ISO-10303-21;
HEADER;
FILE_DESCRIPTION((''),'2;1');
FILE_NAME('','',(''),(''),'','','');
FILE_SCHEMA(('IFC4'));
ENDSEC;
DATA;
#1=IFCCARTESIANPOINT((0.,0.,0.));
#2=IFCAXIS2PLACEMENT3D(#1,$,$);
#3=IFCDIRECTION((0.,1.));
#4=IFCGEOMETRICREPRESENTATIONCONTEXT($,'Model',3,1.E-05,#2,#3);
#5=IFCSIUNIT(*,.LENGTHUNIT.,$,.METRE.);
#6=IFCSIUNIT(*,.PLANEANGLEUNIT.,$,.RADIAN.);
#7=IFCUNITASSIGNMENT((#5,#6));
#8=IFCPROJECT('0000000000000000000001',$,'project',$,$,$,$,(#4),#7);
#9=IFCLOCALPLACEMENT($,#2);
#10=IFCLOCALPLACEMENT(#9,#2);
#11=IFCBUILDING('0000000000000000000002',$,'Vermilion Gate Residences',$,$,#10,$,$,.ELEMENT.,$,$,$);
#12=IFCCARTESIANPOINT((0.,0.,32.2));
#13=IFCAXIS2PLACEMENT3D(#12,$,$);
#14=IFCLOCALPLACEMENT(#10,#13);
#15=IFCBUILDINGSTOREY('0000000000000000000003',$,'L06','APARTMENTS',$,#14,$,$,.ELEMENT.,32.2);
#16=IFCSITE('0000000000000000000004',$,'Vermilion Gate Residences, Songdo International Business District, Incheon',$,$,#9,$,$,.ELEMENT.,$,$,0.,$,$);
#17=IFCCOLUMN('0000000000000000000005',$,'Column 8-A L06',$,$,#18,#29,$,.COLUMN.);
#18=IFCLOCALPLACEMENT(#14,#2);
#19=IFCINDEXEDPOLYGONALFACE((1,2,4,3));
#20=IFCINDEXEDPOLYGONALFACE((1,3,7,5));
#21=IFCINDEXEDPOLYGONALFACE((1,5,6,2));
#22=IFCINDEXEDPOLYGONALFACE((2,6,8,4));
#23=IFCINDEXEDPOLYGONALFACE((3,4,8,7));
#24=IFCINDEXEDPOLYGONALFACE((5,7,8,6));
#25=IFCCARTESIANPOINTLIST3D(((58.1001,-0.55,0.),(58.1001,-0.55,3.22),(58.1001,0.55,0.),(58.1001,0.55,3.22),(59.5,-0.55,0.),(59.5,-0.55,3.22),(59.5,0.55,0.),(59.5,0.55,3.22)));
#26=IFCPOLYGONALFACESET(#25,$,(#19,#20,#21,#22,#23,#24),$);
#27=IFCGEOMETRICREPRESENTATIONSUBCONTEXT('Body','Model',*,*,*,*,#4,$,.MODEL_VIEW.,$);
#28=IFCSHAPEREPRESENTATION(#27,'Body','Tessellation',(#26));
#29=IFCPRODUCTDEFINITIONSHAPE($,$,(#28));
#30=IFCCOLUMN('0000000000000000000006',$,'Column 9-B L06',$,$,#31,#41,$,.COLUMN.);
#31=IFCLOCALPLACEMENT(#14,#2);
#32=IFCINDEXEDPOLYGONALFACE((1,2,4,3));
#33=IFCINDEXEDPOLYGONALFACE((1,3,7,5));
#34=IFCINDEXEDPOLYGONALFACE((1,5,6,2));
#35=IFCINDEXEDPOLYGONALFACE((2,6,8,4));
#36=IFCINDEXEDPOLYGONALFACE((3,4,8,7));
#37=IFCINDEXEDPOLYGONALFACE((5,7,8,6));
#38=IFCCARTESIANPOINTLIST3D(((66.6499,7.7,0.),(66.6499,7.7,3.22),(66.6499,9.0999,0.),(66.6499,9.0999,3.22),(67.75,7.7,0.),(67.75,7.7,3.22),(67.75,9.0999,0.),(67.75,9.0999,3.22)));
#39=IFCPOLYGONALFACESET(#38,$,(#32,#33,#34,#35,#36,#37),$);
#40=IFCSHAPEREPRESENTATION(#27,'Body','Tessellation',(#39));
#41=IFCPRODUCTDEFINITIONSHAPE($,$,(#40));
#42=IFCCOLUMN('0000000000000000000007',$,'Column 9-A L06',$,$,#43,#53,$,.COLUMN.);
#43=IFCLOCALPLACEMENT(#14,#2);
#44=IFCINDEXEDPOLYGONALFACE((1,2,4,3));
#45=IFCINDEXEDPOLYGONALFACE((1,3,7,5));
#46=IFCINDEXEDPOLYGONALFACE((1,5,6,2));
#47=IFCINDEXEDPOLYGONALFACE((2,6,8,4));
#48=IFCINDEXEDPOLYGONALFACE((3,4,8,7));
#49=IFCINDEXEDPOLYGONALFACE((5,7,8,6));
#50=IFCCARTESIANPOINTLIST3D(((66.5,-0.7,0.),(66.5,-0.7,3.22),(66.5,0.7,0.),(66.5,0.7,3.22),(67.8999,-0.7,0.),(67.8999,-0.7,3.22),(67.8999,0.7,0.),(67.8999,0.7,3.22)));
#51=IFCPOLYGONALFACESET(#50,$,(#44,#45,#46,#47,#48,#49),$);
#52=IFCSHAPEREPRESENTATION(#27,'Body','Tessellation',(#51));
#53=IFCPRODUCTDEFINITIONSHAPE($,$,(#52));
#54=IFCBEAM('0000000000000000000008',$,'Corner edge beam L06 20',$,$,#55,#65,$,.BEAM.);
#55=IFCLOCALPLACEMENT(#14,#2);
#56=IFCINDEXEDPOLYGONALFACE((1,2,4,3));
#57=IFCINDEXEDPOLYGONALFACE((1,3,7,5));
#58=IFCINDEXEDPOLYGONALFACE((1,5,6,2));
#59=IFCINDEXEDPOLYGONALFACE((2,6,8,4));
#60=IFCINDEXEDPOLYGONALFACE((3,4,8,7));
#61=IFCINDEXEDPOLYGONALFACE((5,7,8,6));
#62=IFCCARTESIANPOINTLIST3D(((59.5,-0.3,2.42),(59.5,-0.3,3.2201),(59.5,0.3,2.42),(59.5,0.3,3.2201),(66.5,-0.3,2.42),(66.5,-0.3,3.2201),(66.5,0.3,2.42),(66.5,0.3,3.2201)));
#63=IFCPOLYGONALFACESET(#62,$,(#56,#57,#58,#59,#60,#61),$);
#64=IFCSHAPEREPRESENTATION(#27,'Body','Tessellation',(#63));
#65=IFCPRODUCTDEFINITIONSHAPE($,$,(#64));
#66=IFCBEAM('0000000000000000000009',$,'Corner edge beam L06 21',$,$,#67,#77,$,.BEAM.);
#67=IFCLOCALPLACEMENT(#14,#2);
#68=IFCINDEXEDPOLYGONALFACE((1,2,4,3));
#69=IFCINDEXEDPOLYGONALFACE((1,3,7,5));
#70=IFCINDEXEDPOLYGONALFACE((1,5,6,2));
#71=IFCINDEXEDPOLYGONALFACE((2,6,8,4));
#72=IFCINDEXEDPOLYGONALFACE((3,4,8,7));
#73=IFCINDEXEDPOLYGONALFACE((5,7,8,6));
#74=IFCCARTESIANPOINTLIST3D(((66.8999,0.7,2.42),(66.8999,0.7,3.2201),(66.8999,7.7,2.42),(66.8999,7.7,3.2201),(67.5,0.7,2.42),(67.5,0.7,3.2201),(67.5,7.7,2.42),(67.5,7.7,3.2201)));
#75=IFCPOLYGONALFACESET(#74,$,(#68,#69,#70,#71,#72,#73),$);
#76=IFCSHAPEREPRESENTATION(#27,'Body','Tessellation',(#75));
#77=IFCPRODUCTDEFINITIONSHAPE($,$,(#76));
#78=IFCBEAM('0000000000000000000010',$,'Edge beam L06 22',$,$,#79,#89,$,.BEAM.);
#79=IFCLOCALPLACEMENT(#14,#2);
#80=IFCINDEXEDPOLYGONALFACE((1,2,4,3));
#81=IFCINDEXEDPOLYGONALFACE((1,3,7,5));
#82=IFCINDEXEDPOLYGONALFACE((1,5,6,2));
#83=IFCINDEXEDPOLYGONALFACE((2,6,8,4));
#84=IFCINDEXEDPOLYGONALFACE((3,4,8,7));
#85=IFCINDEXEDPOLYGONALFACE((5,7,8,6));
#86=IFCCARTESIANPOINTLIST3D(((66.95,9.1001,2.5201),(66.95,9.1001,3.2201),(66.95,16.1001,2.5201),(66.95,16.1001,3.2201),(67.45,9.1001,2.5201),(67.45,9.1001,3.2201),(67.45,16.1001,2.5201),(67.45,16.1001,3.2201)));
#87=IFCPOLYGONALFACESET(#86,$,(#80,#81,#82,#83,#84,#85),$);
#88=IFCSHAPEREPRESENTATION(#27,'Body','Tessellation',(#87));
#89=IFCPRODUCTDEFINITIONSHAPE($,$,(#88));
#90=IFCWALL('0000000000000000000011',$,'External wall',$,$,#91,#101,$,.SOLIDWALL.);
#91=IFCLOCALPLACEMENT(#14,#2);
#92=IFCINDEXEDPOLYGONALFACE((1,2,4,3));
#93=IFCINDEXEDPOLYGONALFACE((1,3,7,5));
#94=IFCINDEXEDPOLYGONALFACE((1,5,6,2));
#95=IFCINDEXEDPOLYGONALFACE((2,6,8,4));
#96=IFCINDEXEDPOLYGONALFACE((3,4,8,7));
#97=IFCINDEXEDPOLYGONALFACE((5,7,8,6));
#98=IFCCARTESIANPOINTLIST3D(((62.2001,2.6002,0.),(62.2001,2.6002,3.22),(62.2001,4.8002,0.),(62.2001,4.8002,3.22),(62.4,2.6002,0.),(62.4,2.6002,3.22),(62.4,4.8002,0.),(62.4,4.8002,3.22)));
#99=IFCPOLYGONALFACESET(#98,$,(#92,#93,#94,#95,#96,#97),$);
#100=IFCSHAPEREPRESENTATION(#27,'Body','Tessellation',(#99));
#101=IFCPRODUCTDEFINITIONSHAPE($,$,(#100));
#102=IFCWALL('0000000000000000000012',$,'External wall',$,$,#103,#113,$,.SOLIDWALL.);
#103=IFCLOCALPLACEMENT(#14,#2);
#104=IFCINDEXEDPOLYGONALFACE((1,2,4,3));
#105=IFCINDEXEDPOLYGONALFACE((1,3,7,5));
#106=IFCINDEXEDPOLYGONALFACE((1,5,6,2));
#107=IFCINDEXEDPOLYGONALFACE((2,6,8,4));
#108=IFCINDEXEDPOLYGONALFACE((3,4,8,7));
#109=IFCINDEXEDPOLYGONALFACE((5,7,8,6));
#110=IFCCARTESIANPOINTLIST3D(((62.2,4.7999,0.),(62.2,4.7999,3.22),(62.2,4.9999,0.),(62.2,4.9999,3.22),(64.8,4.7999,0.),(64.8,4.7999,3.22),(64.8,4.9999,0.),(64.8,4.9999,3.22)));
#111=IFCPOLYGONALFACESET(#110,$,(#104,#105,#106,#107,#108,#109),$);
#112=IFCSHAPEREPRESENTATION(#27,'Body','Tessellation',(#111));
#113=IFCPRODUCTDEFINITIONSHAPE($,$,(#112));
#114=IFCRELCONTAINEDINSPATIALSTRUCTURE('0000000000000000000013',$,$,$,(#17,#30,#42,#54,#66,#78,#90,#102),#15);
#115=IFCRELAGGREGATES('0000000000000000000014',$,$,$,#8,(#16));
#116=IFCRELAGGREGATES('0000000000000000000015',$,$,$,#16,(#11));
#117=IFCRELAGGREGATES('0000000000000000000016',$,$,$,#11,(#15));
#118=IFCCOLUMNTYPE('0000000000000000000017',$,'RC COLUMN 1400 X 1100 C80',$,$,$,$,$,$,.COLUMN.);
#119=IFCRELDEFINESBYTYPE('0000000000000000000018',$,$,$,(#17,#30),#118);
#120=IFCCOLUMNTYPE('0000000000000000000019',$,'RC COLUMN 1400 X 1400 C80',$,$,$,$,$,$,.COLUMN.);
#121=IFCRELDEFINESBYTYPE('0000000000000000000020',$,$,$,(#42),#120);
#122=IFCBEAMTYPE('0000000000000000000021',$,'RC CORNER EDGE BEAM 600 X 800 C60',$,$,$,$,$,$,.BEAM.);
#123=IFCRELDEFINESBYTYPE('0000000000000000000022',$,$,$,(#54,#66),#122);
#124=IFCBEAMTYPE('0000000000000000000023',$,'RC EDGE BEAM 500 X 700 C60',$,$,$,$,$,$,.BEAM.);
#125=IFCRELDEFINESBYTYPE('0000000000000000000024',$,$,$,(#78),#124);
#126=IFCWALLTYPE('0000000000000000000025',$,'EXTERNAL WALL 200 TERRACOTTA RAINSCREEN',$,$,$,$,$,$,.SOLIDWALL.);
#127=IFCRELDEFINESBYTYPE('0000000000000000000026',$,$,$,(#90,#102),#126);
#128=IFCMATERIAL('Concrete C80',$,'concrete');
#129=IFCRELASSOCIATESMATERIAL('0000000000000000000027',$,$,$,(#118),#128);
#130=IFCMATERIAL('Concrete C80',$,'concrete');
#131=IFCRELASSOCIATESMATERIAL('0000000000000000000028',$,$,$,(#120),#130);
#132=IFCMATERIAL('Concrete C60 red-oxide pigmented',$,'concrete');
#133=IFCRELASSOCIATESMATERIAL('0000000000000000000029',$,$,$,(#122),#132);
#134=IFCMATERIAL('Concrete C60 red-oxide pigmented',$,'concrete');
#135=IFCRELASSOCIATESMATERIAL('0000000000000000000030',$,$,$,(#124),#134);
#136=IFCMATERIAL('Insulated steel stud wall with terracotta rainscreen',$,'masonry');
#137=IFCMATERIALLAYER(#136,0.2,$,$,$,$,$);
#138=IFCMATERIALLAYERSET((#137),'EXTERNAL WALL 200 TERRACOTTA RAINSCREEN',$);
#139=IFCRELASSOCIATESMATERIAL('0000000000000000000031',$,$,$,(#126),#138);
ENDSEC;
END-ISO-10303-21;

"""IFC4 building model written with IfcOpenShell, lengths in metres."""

from ifc_helpers import new_model, si_unit, direction, frame, frame_2d, origin, origin_2d, place, context, subcontext, project, spatial, rectangle, extrude, material, layer, layer_set, material_profile, profile_set, type_object, element, save


model = new_model("IFC4")

# Units and contexts
model_context = context("Model", 3, precision=1e-05, world=origin(), true_north=direction((0.0, 1.0)))
body_context = subcontext(model_context, "Body", "Model", "MODEL_VIEW")
ifc_project = project(units=[si_unit("LENGTHUNIT", "METRE"), si_unit("PLANEANGLEUNIT", "RADIAN")], contexts=[model_context])

# Site, building, storey
site_placement = place(None, origin())
site = spatial("IfcSite", under=ifc_project, at=site_placement, Name="Vermilion Gate Residences, Songdo International Business District, Incheon", CompositionType="ELEMENT", RefElevation=0.0)
building_placement = place(site_placement, origin())
building = spatial("IfcBuilding", under=site, at=building_placement, Name="Vermilion Gate Residences", CompositionType="ELEMENT")
storey_placement = place(building_placement, frame((0.0, 0.0, 32.2)))
storey = spatial("IfcBuildingStorey", under=building, at=storey_placement, Name="L06", Description="APARTMENTS", CompositionType="ELEMENT", Elevation=32.2)

# Columns
ifc_material_1 = material(Name="Concrete C80", Category="concrete")
ifc_material_profile_1 = material_profile(ifc_material_1, rectangle(XDim=1.3999, YDim=1.1001, at=origin_2d()), Name="RC-1400x1100")
ifc_profile_set_1 = profile_set([ifc_material_profile_1], Name="Concrete C80")
column_type_1 = type_object("IfcColumnType", Name="RC COLUMN 1400 X 1100 C80", PredefinedType="COLUMN", material=ifc_profile_set_1)
for number, where, z_axis, x_axis, name in (
    (1, (58.8, 0.0, 0.0), (0.0, 0.0, 1.0), (1.0, 0.0, 0.0), "Column 8-A L06"),
    (2, (67.2, 8.3999, 0.0), (0.0, 0.0, 1.0), (0.0, 1.0, 0.0), "Column 9-B L06"),
):
    element("IfcColumn", number, at=place(storey_placement, frame(where, z_axis=z_axis, x_axis=x_axis)), inside=storey, type_object=column_type_1, Name=name, PredefinedType="COLUMN", context=body_context, shape_type="SweptSolid", body=[
        extrude(rectangle(XDim=1.3999, YDim=1.1001, at=origin_2d()), origin(), (0.0, 0.0, 1.0), 3.22),
    ])
ifc_material_2 = material(Name="Concrete C80", Category="concrete")
ifc_material_profile_2 = material_profile(ifc_material_2, rectangle(XDim=1.3999, YDim=1.3999, at=origin_2d()), Name="RC-1400x1400")
ifc_profile_set_2 = profile_set([ifc_material_profile_2], Name="Concrete C80")
column_type_2 = type_object("IfcColumnType", Name="RC COLUMN 1400 X 1400 C80", PredefinedType="COLUMN", material=ifc_profile_set_2)
column_placement = place(storey_placement, frame((67.2, 0.0, 0.0), z_axis=(0.0, 0.0, 1.0), x_axis=(1.0, 0.0, 0.0)))
element("IfcColumn", 3, at=column_placement, inside=storey, type_object=column_type_2, Name="Column 9-A L06", PredefinedType="COLUMN", context=body_context, shape_type="SweptSolid", body=[
    extrude(rectangle(XDim=1.3999, YDim=1.3999, at=origin_2d()), origin(), (0.0, 0.0, 1.0), 3.22),
])

# Beams
ifc_material_3 = material(Name="Concrete C60 red-oxide pigmented", Category="concrete")
ifc_material_profile_3 = material_profile(ifc_material_3, rectangle(XDim=0.6001, YDim=0.8, at=origin_2d()), Name="RC-600x800")
ifc_profile_set_3 = profile_set([ifc_material_profile_3], Name="Concrete C60 red-oxide pigmented")
beam_type_1 = type_object("IfcBeamType", Name="RC CORNER EDGE BEAM 600 X 800 C60", PredefinedType="BEAM", material=ifc_profile_set_3)
for number, where, z_axis, x_axis, name in (
    (4, (59.5, 0.0, 2.8201), (1.0, 0.0, 0.0), (0.0, 1.0, 0.0), "Corner edge beam L06 20"),
    (5, (67.2, 0.7, 2.8201), (0.0, 1.0, 0.0), (-1.0, 0.0, 0.0), "Corner edge beam L06 21"),
):
    element("IfcBeam", number, at=place(storey_placement, frame(where, z_axis=z_axis, x_axis=x_axis)), inside=storey, type_object=beam_type_1, Name=name, PredefinedType="BEAM", context=body_context, shape_type="SweptSolid", body=[
        extrude(rectangle(XDim=0.6001, YDim=0.8, at=origin_2d()), origin(), (0.0, 0.0, 1.0), 7.0),
    ])
ifc_material_4 = material(Name="Concrete C60 red-oxide pigmented", Category="concrete")
ifc_material_profile_4 = material_profile(ifc_material_4, rectangle(XDim=0.5, YDim=0.7, at=origin_2d()), Name="RC-500x700")
ifc_profile_set_4 = profile_set([ifc_material_profile_4], Name="Concrete C60 red-oxide pigmented")
beam_type_2 = type_object("IfcBeamType", Name="RC EDGE BEAM 500 X 700 C60", PredefinedType="BEAM", material=ifc_profile_set_4)
beam_placement = place(storey_placement, frame((67.2, 9.1001, 2.8701), z_axis=(0.0, 1.0, 0.0), x_axis=(-1.0, 0.0, 0.0)))
element("IfcBeam", 6, at=beam_placement, inside=storey, type_object=beam_type_2, Name="Edge beam L06 22", PredefinedType="BEAM", context=body_context, shape_type="SweptSolid", body=[
    extrude(rectangle(XDim=0.5, YDim=0.7, at=origin_2d()), origin(), (0.0, 0.0, 1.0), 7.0),
])

# Walls
ifc_material_5 = material(Name="Insulated steel stud wall with terracotta rainscreen", Category="masonry")
ifc_layer_1 = layer(ifc_material_5, 0.2)
ifc_layer_set_1 = layer_set([ifc_layer_1], Name="EXTERNAL WALL 200 TERRACOTTA RAINSCREEN")
wall_type_1 = type_object("IfcWallType", Name="EXTERNAL WALL 200 TERRACOTTA RAINSCREEN", PredefinedType="SOLIDWALL", material=ifc_layer_set_1)
wall_1_placement = place(storey_placement, frame((62.3, 2.6001, 0.0), z_axis=(0.0, 0.0, 1.0), x_axis=(0.0, 1.0, 0.0)))
element("IfcWall", 7, at=wall_1_placement, inside=storey, type_object=wall_type_1, Name="External wall", PredefinedType="SOLIDWALL", context=body_context, shape_type="SweptSolid", body=[
    extrude(rectangle(XDim=2.2, YDim=0.2, at=frame_2d((1.1001, 0.0))), origin(), (0.0, 0.0, 1.0), 3.22),
])
wall_2_placement = place(storey_placement, frame((62.2, 4.8999, 0.0), z_axis=(0.0, 0.0, 1.0), x_axis=(1.0, 0.0, 0.0)))
element("IfcWall", 8, at=wall_2_placement, inside=storey, type_object=wall_type_1, Name="External wall", PredefinedType="SOLIDWALL", context=body_context, shape_type="SweptSolid", body=[
    extrude(rectangle(XDim=2.6001, YDim=0.2, at=frame_2d((1.3, 0.0))), origin(), (0.0, 0.0, 1.0), 3.22),
])

save(model, "model.ifc")
